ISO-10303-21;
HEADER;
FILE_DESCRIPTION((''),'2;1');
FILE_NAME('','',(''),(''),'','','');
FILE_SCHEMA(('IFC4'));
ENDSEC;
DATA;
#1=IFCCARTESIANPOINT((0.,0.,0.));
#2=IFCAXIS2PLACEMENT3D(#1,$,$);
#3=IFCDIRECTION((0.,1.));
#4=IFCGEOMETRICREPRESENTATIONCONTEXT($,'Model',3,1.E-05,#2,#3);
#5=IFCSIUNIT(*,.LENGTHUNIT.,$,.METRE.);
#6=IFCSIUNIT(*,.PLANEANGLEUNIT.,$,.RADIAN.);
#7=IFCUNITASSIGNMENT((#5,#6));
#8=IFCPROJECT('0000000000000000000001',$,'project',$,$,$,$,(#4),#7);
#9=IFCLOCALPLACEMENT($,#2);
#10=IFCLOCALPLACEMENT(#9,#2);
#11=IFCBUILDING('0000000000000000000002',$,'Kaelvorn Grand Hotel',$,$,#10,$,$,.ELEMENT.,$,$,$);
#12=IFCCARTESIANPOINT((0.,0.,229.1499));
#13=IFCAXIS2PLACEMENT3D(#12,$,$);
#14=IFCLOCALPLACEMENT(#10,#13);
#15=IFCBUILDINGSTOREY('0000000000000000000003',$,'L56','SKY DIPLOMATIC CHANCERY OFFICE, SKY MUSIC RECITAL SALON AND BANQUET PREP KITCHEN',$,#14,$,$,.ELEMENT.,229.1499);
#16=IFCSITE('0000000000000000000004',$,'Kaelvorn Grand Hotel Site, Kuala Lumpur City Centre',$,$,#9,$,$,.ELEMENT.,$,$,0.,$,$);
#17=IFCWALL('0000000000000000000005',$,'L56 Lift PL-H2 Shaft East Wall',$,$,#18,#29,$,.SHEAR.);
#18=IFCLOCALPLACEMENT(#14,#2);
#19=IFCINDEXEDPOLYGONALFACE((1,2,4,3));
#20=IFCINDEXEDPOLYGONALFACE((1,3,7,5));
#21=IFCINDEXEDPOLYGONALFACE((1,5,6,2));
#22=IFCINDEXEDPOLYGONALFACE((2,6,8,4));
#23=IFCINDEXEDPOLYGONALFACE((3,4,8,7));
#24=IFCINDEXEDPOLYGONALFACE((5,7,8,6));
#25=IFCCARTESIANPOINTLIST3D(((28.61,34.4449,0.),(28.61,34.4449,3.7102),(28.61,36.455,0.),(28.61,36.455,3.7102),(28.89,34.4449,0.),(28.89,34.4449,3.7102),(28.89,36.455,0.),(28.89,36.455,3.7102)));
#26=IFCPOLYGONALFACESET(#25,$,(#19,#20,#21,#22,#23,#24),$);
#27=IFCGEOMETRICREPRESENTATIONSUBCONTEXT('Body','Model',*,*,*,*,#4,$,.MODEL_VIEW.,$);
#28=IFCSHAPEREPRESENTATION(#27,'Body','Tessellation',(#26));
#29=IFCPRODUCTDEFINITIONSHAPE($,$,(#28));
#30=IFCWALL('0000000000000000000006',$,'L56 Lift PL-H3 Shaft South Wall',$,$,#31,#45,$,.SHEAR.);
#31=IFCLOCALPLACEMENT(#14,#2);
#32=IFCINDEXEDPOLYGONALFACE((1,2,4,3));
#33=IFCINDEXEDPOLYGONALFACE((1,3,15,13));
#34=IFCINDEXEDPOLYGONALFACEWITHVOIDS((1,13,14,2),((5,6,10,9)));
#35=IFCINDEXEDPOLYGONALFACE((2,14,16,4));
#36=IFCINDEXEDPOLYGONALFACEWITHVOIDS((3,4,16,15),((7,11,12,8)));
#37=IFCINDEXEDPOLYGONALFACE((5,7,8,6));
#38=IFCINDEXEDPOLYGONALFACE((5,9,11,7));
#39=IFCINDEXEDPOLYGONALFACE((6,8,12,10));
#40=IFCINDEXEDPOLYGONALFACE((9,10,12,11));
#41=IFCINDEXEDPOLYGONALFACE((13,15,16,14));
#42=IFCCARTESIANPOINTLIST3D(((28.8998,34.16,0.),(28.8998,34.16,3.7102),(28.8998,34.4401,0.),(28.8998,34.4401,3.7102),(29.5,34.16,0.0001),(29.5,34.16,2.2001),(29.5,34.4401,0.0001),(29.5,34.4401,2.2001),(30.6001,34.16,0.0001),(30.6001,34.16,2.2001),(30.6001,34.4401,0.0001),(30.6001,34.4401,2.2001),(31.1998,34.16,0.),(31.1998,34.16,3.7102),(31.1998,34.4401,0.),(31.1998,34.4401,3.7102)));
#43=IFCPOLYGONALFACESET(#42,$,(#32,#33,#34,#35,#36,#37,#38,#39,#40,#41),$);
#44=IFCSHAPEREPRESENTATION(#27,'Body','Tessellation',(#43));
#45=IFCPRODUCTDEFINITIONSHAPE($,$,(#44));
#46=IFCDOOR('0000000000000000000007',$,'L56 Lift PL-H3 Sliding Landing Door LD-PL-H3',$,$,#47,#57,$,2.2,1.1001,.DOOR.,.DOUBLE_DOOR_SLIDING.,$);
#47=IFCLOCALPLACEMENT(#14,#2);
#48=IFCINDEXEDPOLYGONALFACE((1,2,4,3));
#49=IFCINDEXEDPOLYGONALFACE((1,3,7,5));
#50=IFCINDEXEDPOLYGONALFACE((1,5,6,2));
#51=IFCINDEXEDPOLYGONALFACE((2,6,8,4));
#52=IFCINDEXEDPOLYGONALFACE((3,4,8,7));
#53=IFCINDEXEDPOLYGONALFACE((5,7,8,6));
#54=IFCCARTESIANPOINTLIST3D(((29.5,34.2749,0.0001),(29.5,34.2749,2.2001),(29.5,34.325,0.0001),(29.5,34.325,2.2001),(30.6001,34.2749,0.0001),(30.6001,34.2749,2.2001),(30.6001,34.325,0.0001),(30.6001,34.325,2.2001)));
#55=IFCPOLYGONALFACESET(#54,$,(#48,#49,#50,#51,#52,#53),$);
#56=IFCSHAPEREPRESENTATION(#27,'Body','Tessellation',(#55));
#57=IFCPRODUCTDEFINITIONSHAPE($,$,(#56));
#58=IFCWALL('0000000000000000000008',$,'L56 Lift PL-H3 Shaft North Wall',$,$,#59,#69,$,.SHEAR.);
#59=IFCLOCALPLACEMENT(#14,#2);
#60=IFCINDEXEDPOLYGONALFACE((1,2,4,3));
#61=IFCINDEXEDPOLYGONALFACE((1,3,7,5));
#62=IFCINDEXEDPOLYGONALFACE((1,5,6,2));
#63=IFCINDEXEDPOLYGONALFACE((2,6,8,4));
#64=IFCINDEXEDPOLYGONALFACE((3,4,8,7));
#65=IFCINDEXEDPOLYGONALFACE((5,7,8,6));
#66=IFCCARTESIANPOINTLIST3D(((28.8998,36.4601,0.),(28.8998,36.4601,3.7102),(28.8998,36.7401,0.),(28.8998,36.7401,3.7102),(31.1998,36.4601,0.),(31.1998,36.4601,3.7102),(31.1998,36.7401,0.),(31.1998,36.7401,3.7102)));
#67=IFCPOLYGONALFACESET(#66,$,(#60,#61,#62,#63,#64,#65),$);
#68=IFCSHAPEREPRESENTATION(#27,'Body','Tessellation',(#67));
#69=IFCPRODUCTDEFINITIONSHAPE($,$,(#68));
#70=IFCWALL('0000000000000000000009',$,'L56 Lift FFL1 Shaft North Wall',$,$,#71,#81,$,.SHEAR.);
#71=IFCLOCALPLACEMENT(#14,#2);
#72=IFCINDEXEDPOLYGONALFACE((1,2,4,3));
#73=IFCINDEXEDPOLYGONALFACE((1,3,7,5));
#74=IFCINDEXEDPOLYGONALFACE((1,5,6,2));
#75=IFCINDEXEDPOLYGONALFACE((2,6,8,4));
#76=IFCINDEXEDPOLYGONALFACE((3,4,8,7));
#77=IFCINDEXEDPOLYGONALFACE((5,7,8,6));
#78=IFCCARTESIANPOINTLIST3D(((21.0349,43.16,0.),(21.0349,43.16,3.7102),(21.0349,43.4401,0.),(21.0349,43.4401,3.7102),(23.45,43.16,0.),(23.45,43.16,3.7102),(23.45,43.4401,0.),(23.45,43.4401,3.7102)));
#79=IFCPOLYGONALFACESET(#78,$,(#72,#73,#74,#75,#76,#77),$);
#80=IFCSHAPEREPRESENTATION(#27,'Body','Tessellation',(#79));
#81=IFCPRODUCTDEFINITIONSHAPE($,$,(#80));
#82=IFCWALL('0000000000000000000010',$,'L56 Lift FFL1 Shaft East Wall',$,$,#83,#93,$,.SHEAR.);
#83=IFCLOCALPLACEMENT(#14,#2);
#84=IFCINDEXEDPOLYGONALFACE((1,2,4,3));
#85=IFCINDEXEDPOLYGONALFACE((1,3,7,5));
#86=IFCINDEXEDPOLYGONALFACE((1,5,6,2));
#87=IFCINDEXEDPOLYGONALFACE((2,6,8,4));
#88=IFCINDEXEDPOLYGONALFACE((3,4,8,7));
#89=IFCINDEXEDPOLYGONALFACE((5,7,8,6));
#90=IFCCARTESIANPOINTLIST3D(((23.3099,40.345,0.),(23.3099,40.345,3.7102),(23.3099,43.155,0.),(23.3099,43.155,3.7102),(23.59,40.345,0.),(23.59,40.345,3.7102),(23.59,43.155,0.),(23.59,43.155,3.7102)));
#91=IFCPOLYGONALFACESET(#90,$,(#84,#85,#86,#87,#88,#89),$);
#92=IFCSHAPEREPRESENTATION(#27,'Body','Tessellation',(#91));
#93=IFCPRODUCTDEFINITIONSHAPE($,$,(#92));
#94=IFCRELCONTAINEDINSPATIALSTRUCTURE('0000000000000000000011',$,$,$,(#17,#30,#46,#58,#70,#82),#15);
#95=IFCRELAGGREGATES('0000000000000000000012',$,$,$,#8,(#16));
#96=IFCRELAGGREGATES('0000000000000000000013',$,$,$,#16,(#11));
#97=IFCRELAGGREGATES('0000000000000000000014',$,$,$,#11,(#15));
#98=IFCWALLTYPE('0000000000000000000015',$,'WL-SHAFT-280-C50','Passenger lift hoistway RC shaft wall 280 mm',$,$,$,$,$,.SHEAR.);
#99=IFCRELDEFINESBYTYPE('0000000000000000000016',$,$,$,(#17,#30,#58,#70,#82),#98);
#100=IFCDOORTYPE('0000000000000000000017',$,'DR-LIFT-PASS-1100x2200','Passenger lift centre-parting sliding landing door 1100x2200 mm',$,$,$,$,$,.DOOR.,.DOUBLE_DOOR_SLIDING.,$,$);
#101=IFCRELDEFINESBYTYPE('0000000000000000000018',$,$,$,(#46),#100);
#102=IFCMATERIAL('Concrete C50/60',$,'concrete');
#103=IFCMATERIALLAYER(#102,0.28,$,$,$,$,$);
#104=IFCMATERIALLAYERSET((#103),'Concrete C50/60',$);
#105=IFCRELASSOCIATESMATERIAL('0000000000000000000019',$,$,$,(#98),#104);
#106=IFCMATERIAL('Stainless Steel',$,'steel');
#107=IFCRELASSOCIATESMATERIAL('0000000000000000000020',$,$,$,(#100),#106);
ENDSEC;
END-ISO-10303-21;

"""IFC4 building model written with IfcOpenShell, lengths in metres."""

from ifc_helpers import new_model, si_unit, direction, frame, frame_2d, origin, place, context, subcontext, project, spatial, rectangle, extrude, material, layer, layer_set, type_object, element, fill, save


model = new_model("IFC4")

# Units and contexts
model_context = context("Model", 3, precision=1e-05, world=origin(), true_north=direction((0.0, 1.0)))
body_context = subcontext(model_context, "Body", "Model", "MODEL_VIEW")
ifc_project = project(units=[si_unit("LENGTHUNIT", "METRE"), si_unit("PLANEANGLEUNIT", "RADIAN")], contexts=[model_context])

# Site, building, storey
site_placement = place(None, origin())
site = spatial("IfcSite", under=ifc_project, at=site_placement, Name="Kaelvorn Grand Hotel Site, Kuala Lumpur City Centre", CompositionType="ELEMENT", RefElevation=0.0)
building_placement = place(site_placement, origin())
building = spatial("IfcBuilding", under=site, at=building_placement, Name="Kaelvorn Grand Hotel", CompositionType="ELEMENT")
storey_placement = place(building_placement, frame((0.0, 0.0, 229.1499)))
storey = spatial("IfcBuildingStorey", under=building, at=storey_placement, Name="L56", Description="SKY DIPLOMATIC CHANCERY OFFICE, SKY MUSIC RECITAL SALON AND BANQUET PREP KITCHEN", CompositionType="ELEMENT", Elevation=229.1499)

# Shared definitions
ifc_material_1 = material(Name="Concrete C50/60", Category="concrete")

# Shared definitions
ifc_layer_1 = layer(ifc_material_1, 0.28)
ifc_layer_set_1 = layer_set([ifc_layer_1], Name="Concrete C50/60")
wall_type_1 = type_object("IfcWallType", Name="WL-SHAFT-280-C50", Description="Passenger lift hoistway RC shaft wall 280 mm", PredefinedType="SHEAR", material=ifc_layer_set_1)
ifc_material_2 = material(Name="Stainless Steel", Category="steel")
door_type_1 = type_object("IfcDoorType", Name="DR-LIFT-PASS-1100x2200", Description="Passenger lift centre-parting sliding landing door 1100x2200 mm", OperationType="DOUBLE_DOOR_SLIDING", PredefinedType="DOOR", material=ifc_material_2)

# Wall
wall_1_placement = place(storey_placement, frame((28.75, 34.4451, 0.0), z_axis=(0.0, 0.0, 1.0), x_axis=(0.0, 1.0, 0.0)))
element("IfcWall", 1, at=wall_1_placement, inside=storey, type_object=wall_type_1, Name="L56 Lift PL-H2 Shaft East Wall", PredefinedType="SHEAR", context=body_context, shape_type="SweptSolid", body=[
    extrude(rectangle(XDim=2.01, YDim=0.28, at=frame_2d((1.0049, 0.0))), origin(), (0.0, 0.0, 1.0), 3.7102),
])

# Wall, opening, door
wall_2_placement = place(storey_placement, frame((28.8999, 34.3, 0.0), z_axis=(0.0, 0.0, 1.0), x_axis=(1.0, 0.0, 0.0)))
wall_2 = element("IfcWall", 2, at=wall_2_placement, inside=storey, type_object=wall_type_1, Name="L56 Lift PL-H3 Shaft South Wall", PredefinedType="SHEAR", context=body_context, shape_type="SweptSolid", body=[
    extrude(rectangle(XDim=2.3, YDim=0.28, at=frame_2d((1.1499, 0.0))), origin(), (0.0, 0.0, 1.0), 3.7102),
])
opening_1_placement = place(wall_2_placement, frame((0.6001, 0.0, 0.0)))
opening_1 = element("IfcOpeningElement", 3, at=opening_1_placement, cuts=wall_2, PredefinedType="OPENING", context=body_context, shape_type="SweptSolid", body=[
    extrude(rectangle(XDim=1.1001, YDim=2.2, at=frame_2d((0.55, 1.1001))), frame((0.0, 0.1499, 0.0), z_axis=(0.0, -1.0, 0.0), x_axis=(1.0, 0.0, 0.0)), (0.0, 0.0, 1.0), 0.3),
])
door_1_placement = place(opening_1_placement, origin())
door_1 = element("IfcDoor", 4, at=door_1_placement, inside=storey, type_object=door_type_1, Name="L56 Lift PL-H3 Sliding Landing Door LD-PL-H3", OperationType="DOUBLE_DOOR_SLIDING", OverallHeight=2.2, OverallWidth=1.1001, PredefinedType="DOOR", context=body_context, shape_type="SweptSolid", body=[
    extrude(rectangle(XDim=1.1001, YDim=2.2, at=frame_2d((0.55, 1.1001))), frame((0.0, 0.0249, 0.0), z_axis=(0.0, -1.0, 0.0), x_axis=(1.0, 0.0, 0.0)), (0.0, 0.0, 1.0), 0.05),
])
fill(opening_1, door_1)

# Walls
wall_3_placement = place(storey_placement, frame((28.8999, 36.6001, 0.0), z_axis=(0.0, 0.0, 1.0), x_axis=(1.0, 0.0, 0.0)))
element("IfcWall", 5, at=wall_3_placement, inside=storey, type_object=wall_type_1, Name="L56 Lift PL-H3 Shaft North Wall", PredefinedType="SHEAR", context=body_context, shape_type="SweptSolid", body=[
    extrude(rectangle(XDim=2.3, YDim=0.28, at=frame_2d((1.1499, 0.0))), origin(), (0.0, 0.0, 1.0), 3.7102),
])
wall_4_placement = place(storey_placement, frame((21.0349, 43.3, 0.0), z_axis=(0.0, 0.0, 1.0), x_axis=(1.0, 0.0, 0.0)))
element("IfcWall", 6, at=wall_4_placement, inside=storey, type_object=wall_type_1, Name="L56 Lift FFL1 Shaft North Wall", PredefinedType="SHEAR", context=body_context, shape_type="SweptSolid", body=[
    extrude(rectangle(XDim=2.415, YDim=0.28, at=frame_2d((1.2075, 0.0))), origin(), (0.0, 0.0, 1.0), 3.7102),
])
wall_5_placement = place(storey_placement, frame((23.45, 40.345, 0.0), z_axis=(0.0, 0.0, 1.0), x_axis=(0.0, 1.0, 0.0)))
element("IfcWall", 7, at=wall_5_placement, inside=storey, type_object=wall_type_1, Name="L56 Lift FFL1 Shaft East Wall", PredefinedType="SHEAR", context=body_context, shape_type="SweptSolid", body=[
    extrude(rectangle(XDim=2.8101, YDim=0.28, at=frame_2d((1.405, 0.0))), origin(), (0.0, 0.0, 1.0), 3.7102),
])

save(model, "model.ifc")
